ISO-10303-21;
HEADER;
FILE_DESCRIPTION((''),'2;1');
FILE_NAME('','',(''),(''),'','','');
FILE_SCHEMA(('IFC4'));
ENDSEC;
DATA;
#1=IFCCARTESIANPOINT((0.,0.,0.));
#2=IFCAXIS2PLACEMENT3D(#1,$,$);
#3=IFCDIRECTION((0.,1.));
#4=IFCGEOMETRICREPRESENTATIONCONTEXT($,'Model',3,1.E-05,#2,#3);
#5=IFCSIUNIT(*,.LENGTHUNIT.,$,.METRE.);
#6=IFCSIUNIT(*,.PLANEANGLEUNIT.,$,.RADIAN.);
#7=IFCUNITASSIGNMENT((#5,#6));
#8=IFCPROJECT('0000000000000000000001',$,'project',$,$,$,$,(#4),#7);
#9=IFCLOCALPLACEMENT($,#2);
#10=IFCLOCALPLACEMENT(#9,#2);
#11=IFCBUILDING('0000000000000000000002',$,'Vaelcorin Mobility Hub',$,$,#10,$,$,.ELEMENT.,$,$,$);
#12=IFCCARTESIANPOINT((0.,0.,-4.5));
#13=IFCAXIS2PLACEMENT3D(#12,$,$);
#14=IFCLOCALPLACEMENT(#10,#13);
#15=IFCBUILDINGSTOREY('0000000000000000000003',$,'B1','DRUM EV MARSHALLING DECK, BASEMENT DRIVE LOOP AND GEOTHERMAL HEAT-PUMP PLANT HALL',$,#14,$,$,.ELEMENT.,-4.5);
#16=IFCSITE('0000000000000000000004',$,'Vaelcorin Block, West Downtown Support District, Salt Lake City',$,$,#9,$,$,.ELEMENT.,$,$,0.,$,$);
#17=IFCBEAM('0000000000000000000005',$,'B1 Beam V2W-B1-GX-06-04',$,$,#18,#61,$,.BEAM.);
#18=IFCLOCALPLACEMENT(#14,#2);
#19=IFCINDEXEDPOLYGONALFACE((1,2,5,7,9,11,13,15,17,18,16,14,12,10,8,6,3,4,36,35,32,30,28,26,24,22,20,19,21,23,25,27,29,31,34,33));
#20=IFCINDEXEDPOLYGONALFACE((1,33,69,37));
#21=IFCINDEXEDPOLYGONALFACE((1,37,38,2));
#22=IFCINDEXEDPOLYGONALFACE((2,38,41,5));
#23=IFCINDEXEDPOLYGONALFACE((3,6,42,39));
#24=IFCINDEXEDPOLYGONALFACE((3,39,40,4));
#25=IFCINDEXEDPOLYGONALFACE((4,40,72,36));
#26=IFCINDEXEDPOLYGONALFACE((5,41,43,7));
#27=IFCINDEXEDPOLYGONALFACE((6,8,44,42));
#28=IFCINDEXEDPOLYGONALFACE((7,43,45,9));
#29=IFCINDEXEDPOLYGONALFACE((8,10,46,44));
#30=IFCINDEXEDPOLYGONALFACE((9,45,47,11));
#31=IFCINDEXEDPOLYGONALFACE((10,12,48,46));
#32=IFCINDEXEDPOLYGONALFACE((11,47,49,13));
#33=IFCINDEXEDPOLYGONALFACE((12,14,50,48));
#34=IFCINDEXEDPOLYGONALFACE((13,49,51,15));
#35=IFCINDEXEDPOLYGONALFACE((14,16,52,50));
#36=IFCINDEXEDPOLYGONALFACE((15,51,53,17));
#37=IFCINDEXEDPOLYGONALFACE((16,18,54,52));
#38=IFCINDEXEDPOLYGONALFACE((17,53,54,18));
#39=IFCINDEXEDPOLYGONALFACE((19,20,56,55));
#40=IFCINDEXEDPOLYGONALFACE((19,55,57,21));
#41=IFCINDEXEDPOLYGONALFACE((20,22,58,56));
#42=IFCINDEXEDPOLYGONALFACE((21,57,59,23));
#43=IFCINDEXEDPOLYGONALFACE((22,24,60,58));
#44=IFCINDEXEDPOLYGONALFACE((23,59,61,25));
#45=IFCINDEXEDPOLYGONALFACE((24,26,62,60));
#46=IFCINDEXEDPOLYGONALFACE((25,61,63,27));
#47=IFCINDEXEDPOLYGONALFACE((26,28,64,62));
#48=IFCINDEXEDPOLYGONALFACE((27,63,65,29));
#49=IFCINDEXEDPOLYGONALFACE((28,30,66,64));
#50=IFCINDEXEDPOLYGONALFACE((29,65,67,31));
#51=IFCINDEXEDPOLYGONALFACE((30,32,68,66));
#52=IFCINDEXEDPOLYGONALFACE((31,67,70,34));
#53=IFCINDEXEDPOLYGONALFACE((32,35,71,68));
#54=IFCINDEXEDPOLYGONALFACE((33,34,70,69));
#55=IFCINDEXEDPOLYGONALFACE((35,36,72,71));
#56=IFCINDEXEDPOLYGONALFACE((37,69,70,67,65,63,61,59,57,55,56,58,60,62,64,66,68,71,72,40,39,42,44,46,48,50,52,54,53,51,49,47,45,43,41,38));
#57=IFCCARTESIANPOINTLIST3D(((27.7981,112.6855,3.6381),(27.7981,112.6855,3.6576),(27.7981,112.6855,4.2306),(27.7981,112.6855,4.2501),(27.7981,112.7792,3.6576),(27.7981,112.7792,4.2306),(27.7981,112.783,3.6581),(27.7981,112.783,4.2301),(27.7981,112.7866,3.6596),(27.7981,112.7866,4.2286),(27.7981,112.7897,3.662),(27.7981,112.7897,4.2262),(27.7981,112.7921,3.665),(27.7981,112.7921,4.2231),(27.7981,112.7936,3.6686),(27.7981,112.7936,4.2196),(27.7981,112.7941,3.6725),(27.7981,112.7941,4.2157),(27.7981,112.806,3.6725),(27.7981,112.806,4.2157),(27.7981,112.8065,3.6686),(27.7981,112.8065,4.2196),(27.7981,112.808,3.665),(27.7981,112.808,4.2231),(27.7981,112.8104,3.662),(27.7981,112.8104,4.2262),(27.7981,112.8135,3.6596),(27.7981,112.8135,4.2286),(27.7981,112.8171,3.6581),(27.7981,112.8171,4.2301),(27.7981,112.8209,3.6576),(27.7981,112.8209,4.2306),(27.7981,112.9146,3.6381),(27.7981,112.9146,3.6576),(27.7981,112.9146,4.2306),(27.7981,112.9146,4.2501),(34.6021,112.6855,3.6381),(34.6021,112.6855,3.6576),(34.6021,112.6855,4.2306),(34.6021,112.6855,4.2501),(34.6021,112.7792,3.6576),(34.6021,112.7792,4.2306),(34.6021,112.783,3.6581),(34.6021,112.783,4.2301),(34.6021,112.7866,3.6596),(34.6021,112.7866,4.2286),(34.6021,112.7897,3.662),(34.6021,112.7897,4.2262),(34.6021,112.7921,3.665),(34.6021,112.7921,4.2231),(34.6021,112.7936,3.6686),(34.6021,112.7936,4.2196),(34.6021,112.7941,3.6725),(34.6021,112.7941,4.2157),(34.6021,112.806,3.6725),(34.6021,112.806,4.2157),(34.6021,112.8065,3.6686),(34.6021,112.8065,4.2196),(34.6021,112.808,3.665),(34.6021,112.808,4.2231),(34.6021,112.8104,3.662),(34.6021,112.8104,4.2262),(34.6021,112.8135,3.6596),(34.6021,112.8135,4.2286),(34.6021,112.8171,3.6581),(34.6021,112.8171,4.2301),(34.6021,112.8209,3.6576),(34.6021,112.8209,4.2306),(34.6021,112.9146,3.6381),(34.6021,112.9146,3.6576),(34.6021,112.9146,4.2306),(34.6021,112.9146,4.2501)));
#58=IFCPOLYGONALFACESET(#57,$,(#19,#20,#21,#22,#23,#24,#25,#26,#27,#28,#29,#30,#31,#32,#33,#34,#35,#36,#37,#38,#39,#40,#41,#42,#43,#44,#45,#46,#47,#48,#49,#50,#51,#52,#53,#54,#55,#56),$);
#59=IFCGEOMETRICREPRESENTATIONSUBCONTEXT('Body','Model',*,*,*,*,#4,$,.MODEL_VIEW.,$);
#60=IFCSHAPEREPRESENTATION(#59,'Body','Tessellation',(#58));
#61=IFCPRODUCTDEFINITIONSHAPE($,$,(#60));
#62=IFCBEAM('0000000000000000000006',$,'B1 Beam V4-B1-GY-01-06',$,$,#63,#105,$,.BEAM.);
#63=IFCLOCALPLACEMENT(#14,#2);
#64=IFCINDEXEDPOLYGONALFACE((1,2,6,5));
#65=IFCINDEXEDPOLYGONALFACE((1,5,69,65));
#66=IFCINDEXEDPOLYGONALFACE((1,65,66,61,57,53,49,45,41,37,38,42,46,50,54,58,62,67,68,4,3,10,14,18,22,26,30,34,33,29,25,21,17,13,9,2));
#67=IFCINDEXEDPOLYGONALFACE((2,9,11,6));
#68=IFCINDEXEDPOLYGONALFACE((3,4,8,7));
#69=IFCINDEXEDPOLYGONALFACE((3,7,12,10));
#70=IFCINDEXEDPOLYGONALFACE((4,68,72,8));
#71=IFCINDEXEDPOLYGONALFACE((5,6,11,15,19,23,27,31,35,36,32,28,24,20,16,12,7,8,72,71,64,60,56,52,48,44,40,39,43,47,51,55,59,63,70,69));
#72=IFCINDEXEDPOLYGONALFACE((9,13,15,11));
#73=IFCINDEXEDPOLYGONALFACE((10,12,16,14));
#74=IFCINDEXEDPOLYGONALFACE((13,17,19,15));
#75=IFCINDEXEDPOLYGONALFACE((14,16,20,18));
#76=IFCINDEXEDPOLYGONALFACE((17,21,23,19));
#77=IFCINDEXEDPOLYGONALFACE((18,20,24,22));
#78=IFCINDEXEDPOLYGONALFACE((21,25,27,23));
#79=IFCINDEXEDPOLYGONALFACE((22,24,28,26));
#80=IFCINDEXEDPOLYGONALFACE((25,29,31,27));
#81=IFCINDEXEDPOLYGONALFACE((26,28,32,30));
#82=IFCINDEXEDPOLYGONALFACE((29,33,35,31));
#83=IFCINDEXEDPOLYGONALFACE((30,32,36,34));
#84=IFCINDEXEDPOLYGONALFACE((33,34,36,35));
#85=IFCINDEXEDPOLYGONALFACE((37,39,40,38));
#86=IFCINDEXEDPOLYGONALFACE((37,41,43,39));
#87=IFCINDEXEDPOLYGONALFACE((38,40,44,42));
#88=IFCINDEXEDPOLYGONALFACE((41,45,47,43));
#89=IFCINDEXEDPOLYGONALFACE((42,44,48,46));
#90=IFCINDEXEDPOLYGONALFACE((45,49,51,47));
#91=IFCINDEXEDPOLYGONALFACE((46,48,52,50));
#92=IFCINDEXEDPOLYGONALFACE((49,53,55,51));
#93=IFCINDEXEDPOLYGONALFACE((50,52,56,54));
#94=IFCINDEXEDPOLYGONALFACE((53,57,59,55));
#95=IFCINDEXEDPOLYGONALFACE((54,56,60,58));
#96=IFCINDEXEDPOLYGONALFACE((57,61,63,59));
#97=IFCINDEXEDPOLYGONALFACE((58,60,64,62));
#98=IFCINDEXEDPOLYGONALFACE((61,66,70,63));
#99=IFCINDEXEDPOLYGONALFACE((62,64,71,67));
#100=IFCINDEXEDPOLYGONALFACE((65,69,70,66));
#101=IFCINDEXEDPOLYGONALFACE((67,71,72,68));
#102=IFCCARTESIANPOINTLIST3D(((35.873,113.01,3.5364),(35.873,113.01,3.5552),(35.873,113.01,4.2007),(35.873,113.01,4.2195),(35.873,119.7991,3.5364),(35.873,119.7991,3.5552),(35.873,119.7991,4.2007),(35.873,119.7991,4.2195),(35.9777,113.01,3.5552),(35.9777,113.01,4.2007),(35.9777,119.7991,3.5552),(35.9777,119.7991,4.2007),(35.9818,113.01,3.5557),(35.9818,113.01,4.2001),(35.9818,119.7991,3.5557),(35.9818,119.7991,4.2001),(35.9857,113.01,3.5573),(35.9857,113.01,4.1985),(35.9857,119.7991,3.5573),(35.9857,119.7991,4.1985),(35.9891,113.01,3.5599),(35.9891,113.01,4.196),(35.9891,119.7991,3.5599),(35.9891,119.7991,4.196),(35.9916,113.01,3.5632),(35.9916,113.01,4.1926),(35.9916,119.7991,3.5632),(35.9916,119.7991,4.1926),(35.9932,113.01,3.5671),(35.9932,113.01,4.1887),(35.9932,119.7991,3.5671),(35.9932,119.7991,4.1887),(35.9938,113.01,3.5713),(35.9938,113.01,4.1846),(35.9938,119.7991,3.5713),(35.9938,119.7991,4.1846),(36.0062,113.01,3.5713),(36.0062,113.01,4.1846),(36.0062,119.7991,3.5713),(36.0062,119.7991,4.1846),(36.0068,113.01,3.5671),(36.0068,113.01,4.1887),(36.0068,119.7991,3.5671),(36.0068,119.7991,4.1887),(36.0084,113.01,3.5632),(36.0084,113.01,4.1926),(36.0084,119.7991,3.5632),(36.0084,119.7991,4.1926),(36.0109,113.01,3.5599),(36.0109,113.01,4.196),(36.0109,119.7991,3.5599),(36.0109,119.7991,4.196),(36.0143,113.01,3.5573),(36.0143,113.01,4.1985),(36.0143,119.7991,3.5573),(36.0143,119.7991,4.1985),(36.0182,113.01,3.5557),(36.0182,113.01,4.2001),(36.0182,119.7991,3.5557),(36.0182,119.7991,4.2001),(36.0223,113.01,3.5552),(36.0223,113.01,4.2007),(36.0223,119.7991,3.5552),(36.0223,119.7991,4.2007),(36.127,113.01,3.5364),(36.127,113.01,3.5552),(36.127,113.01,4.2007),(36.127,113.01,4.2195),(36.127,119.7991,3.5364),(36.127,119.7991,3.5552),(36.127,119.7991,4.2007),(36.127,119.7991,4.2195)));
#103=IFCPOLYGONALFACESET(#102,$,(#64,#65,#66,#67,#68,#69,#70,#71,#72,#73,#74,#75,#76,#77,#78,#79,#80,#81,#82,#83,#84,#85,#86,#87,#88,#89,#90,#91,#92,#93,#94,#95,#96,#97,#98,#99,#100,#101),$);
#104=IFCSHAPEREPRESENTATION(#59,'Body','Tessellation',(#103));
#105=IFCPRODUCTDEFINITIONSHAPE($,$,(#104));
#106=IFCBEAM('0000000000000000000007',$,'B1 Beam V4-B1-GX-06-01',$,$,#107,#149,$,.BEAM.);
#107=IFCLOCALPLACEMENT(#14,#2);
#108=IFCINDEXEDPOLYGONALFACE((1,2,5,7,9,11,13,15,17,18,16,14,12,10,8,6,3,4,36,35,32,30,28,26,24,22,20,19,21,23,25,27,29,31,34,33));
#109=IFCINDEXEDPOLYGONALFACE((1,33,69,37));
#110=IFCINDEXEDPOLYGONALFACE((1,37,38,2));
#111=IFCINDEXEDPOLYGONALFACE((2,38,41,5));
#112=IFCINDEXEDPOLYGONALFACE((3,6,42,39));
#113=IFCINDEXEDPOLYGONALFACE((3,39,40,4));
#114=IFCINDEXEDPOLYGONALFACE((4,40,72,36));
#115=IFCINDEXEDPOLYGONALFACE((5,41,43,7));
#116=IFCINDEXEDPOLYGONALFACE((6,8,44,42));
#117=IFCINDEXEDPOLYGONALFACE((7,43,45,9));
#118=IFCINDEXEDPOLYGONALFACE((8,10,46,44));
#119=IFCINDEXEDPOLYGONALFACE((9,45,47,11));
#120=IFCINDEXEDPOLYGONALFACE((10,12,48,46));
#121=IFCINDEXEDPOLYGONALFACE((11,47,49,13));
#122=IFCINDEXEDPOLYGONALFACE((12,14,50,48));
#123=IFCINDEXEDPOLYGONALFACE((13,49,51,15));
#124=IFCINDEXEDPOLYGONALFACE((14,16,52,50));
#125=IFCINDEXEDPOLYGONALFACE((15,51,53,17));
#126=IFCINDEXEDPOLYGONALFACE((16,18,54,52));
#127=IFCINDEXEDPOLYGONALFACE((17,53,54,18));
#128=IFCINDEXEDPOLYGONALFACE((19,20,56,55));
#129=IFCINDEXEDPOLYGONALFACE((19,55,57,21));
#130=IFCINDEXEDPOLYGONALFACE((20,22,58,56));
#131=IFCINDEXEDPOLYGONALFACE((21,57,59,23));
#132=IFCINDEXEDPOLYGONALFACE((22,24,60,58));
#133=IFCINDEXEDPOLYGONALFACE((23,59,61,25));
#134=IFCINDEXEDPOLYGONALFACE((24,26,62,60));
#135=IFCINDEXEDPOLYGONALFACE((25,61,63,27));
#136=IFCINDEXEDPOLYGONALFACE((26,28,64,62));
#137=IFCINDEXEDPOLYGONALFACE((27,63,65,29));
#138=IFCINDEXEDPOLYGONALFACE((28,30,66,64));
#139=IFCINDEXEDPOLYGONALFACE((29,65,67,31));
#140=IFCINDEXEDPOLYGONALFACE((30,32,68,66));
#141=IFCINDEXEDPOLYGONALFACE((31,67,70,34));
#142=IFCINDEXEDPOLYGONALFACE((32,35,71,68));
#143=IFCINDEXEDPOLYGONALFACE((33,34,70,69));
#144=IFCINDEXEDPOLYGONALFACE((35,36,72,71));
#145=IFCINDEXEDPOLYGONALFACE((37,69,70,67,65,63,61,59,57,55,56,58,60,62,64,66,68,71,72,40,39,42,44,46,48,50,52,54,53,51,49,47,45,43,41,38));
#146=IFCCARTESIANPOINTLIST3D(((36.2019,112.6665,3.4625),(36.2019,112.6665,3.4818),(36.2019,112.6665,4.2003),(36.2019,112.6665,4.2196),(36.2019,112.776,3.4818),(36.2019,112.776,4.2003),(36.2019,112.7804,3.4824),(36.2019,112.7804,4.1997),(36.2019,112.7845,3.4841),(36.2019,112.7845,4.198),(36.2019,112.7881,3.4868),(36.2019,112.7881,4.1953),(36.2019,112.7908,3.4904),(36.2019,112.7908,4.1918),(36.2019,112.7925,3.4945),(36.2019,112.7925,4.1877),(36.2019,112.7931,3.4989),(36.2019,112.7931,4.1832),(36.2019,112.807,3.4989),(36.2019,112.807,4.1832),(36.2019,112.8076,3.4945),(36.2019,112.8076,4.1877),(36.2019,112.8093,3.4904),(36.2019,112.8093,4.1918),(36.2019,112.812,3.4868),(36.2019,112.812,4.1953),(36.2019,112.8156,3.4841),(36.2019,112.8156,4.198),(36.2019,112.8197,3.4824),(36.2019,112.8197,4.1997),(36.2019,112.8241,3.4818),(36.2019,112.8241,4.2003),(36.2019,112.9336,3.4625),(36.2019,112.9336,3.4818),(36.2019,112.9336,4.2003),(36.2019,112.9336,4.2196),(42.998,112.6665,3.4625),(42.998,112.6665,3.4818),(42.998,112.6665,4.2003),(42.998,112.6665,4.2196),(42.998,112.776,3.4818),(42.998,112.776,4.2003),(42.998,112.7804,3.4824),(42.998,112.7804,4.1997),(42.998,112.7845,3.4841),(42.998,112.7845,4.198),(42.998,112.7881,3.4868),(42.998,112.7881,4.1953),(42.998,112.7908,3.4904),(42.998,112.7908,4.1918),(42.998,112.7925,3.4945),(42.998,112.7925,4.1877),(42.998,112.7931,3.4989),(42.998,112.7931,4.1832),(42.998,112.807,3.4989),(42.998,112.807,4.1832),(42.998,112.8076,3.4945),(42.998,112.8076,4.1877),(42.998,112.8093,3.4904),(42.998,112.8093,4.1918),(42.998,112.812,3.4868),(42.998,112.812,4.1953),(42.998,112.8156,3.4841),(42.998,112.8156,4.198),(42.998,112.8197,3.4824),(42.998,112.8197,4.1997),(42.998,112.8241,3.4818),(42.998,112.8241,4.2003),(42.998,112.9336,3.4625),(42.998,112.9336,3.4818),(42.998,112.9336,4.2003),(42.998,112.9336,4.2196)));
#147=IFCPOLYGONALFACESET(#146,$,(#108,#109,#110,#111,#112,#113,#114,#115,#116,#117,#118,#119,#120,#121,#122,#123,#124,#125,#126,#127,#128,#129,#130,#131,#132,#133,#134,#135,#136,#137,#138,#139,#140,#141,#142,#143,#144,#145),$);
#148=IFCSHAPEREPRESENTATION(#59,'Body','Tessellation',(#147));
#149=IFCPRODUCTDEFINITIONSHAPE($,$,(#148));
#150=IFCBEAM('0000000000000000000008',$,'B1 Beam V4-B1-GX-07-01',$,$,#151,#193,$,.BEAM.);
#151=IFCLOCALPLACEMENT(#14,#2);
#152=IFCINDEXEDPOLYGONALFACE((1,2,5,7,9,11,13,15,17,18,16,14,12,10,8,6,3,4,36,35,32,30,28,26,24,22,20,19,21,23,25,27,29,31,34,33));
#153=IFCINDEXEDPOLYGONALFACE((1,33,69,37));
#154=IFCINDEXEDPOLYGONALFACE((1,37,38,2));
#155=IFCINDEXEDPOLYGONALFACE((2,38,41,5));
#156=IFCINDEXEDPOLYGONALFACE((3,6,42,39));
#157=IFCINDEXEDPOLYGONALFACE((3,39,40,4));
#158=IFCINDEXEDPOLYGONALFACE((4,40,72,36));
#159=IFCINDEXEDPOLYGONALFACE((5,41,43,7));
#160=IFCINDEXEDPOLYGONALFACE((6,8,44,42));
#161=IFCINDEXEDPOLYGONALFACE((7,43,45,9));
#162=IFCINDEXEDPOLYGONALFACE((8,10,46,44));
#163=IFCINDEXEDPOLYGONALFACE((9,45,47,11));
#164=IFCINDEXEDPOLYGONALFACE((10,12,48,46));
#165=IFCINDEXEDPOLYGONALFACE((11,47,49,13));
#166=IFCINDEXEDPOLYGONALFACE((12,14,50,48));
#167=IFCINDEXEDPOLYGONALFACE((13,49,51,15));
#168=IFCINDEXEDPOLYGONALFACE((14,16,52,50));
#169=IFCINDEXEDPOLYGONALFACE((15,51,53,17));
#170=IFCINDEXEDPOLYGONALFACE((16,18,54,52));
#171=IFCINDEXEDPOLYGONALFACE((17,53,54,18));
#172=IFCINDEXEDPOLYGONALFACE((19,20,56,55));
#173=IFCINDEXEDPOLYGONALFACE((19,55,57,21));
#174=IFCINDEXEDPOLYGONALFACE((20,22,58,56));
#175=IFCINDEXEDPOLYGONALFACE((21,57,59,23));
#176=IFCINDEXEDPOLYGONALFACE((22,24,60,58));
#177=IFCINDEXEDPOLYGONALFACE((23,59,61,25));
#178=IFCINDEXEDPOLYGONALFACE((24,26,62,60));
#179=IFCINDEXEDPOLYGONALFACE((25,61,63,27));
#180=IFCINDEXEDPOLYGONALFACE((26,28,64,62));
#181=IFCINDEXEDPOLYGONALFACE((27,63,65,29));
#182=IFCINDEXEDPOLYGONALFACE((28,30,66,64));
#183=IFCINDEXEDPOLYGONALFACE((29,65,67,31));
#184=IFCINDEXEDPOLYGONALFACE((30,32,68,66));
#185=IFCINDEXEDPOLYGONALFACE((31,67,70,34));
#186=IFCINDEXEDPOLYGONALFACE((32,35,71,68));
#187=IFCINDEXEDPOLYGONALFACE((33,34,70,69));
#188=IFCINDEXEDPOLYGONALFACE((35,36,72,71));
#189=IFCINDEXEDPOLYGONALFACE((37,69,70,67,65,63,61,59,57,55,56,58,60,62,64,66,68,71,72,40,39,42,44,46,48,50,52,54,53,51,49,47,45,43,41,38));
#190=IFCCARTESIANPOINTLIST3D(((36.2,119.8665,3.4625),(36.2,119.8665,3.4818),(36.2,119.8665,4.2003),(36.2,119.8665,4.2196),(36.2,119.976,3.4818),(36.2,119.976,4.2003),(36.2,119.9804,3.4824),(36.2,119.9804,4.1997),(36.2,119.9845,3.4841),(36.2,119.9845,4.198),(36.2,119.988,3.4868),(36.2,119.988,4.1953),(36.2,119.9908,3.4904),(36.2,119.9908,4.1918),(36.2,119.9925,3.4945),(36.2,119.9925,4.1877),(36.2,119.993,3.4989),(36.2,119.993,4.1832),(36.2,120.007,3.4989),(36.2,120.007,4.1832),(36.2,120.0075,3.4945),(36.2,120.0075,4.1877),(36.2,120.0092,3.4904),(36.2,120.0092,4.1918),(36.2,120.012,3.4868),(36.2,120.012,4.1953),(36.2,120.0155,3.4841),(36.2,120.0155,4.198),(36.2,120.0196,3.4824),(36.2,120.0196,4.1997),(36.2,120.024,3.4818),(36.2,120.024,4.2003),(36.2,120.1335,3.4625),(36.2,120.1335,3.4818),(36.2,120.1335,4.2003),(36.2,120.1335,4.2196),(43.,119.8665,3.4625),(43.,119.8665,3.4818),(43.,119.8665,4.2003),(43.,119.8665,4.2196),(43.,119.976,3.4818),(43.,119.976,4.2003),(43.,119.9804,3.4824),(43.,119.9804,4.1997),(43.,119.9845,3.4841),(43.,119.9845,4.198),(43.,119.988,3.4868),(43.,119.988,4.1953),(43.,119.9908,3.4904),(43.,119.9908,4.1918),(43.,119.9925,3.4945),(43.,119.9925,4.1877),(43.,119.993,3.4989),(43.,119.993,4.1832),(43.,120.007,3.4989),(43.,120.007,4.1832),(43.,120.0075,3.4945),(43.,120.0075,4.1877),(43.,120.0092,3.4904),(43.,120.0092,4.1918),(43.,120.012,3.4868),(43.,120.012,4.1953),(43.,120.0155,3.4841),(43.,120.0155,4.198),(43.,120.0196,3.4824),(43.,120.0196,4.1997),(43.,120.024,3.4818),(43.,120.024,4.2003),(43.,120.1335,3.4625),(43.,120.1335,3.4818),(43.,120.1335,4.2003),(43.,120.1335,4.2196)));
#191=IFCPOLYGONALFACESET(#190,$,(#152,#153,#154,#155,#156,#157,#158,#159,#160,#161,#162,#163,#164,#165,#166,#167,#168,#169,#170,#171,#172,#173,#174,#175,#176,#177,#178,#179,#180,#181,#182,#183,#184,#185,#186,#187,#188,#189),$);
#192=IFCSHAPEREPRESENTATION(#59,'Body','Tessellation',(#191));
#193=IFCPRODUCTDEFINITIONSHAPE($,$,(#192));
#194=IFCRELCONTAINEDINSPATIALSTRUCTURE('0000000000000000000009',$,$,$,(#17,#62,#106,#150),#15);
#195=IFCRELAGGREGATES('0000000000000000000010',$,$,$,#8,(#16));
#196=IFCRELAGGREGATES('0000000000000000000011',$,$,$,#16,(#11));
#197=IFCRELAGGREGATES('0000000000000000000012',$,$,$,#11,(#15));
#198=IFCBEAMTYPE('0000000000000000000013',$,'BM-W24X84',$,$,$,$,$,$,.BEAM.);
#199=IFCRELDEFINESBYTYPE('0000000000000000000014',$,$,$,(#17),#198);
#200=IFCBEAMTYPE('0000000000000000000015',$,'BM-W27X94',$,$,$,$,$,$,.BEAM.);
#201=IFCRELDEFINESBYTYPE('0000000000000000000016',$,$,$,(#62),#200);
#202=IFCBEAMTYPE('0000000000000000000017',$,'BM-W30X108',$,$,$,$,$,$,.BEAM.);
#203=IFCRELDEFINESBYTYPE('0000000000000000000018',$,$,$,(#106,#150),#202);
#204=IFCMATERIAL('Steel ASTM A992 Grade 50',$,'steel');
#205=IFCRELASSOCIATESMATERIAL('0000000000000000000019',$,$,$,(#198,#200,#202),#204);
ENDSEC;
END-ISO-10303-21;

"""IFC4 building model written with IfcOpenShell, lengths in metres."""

from ifc_helpers import new_model, si_unit, direction, frame, origin, origin_2d, place, context, subcontext, project, spatial, i_section, extrude, material, material_profile, profile_set, type_object, element, save


model = new_model("IFC4")

# Units and contexts
model_context = context("Model", 3, precision=1e-05, world=origin(), true_north=direction((0.0, 1.0)))
body_context = subcontext(model_context, "Body", "Model", "MODEL_VIEW")
ifc_project = project(units=[si_unit("LENGTHUNIT", "METRE"), si_unit("PLANEANGLEUNIT", "RADIAN")], contexts=[model_context])

# Site, building, storey
site_placement = place(None, origin())
site = spatial("IfcSite", under=ifc_project, at=site_placement, Name="Vaelcorin Block, West Downtown Support District, Salt Lake City", CompositionType="ELEMENT", RefElevation=0.0)
building_placement = place(site_placement, origin())
building = spatial("IfcBuilding", under=site, at=building_placement, Name="Vaelcorin Mobility Hub", CompositionType="ELEMENT")
storey_placement = place(building_placement, frame((0.0, 0.0, -4.5)))
storey = spatial("IfcBuildingStorey", under=building, at=storey_placement, Name="B1", Description="DRUM EV MARSHALLING DECK, BASEMENT DRIVE LOOP AND GEOTHERMAL HEAT-PUMP PLANT HALL", CompositionType="ELEMENT", Elevation=-4.5)

# Shared definitions
ifc_material_1 = material(Name="Steel ASTM A992 Grade 50", Category="steel")

# Beams
ifc_material_profile_1 = material_profile(ifc_material_1, i_section(OverallWidth=0.229, OverallDepth=0.6121, WebThickness=0.012, FlangeThickness=0.0195, FilletRadius=0.0149, at=origin_2d()), Name="W24X84")
ifc_profile_set_1 = profile_set([ifc_material_profile_1], Name="Steel ASTM A992 Grade 50")
beam_type_1 = type_object("IfcBeamType", Name="BM-W24X84", PredefinedType="BEAM", material=ifc_profile_set_1)
beam_1_placement = place(storey_placement, frame((27.7981, 112.8, 3.9441), z_axis=(1.0, 0.0, 0.0), x_axis=(0.0, 1.0, 0.0)))
element("IfcBeam", 1, at=beam_1_placement, inside=storey, type_object=beam_type_1, Name="B1 Beam V2W-B1-GX-06-04", PredefinedType="BEAM", context=body_context, shape_type="SweptSolid", body=[
    extrude(i_section(OverallWidth=0.229, OverallDepth=0.6121, WebThickness=0.012, FlangeThickness=0.0195, FilletRadius=0.0149, at=origin_2d()), origin(), (0.0, 0.0, 1.0), 6.804),
])
ifc_material_profile_2 = material_profile(ifc_material_1, i_section(OverallWidth=0.2539, OverallDepth=0.6831, WebThickness=0.0125, FlangeThickness=0.0188, FilletRadius=0.0161, at=origin_2d()), Name="W27X94")
ifc_profile_set_2 = profile_set([ifc_material_profile_2], Name="Steel ASTM A992 Grade 50")
beam_type_2 = type_object("IfcBeamType", Name="BM-W27X94", PredefinedType="BEAM", material=ifc_profile_set_2)
beam_2_placement = place(storey_placement, frame((36.0, 113.01, 3.8779), z_axis=(0.0, 1.0, 0.0), x_axis=(-1.0, 0.0, 0.0)))
element("IfcBeam", 2, at=beam_2_placement, inside=storey, type_object=beam_type_2, Name="B1 Beam V4-B1-GY-01-06", PredefinedType="BEAM", context=body_context, shape_type="SweptSolid", body=[
    extrude(i_section(OverallWidth=0.2539, OverallDepth=0.6831, WebThickness=0.0125, FlangeThickness=0.0188, FilletRadius=0.0161, at=origin_2d()), origin(), (0.0, 0.0, 1.0), 6.7891),
])
ifc_material_profile_3 = material_profile(ifc_material_1, i_section(OverallWidth=0.2671, OverallDepth=0.7571, WebThickness=0.0139, FlangeThickness=0.0193, FilletRadius=0.0171, at=origin_2d()), Name="W30X108")
ifc_profile_set_3 = profile_set([ifc_material_profile_3], Name="Steel ASTM A992 Grade 50")
beam_type_3 = type_object("IfcBeamType", Name="BM-W30X108", PredefinedType="BEAM", material=ifc_profile_set_3)
beam_3_placement = place(storey_placement, frame((36.2019, 112.8, 3.8411), z_axis=(1.0, 0.0, 0.0), x_axis=(0.0, 1.0, 0.0)))
element("IfcBeam", 3, at=beam_3_placement, inside=storey, type_object=beam_type_3, Name="B1 Beam V4-B1-GX-06-01", PredefinedType="BEAM", context=body_context, shape_type="SweptSolid", body=[
    extrude(i_section(OverallWidth=0.2671, OverallDepth=0.7571, WebThickness=0.0139, FlangeThickness=0.0193, FilletRadius=0.0171, at=origin_2d()), origin(), (0.0, 0.0, 1.0), 6.7961),
])
beam_4_placement = place(storey_placement, frame((36.2, 120.0, 3.8411), z_axis=(1.0, 0.0, 0.0), x_axis=(0.0, 1.0, 0.0)))
element("IfcBeam", 4, at=beam_4_placement, inside=storey, type_object=beam_type_3, Name="B1 Beam V4-B1-GX-07-01", PredefinedType="BEAM", context=body_context, shape_type="SweptSolid", body=[
    extrude(i_section(OverallWidth=0.2671, OverallDepth=0.7571, WebThickness=0.0139, FlangeThickness=0.0193, FilletRadius=0.0171, at=origin_2d()), origin(), (0.0, 0.0, 1.0), 6.8),
])

save(model, "model.ifc")
